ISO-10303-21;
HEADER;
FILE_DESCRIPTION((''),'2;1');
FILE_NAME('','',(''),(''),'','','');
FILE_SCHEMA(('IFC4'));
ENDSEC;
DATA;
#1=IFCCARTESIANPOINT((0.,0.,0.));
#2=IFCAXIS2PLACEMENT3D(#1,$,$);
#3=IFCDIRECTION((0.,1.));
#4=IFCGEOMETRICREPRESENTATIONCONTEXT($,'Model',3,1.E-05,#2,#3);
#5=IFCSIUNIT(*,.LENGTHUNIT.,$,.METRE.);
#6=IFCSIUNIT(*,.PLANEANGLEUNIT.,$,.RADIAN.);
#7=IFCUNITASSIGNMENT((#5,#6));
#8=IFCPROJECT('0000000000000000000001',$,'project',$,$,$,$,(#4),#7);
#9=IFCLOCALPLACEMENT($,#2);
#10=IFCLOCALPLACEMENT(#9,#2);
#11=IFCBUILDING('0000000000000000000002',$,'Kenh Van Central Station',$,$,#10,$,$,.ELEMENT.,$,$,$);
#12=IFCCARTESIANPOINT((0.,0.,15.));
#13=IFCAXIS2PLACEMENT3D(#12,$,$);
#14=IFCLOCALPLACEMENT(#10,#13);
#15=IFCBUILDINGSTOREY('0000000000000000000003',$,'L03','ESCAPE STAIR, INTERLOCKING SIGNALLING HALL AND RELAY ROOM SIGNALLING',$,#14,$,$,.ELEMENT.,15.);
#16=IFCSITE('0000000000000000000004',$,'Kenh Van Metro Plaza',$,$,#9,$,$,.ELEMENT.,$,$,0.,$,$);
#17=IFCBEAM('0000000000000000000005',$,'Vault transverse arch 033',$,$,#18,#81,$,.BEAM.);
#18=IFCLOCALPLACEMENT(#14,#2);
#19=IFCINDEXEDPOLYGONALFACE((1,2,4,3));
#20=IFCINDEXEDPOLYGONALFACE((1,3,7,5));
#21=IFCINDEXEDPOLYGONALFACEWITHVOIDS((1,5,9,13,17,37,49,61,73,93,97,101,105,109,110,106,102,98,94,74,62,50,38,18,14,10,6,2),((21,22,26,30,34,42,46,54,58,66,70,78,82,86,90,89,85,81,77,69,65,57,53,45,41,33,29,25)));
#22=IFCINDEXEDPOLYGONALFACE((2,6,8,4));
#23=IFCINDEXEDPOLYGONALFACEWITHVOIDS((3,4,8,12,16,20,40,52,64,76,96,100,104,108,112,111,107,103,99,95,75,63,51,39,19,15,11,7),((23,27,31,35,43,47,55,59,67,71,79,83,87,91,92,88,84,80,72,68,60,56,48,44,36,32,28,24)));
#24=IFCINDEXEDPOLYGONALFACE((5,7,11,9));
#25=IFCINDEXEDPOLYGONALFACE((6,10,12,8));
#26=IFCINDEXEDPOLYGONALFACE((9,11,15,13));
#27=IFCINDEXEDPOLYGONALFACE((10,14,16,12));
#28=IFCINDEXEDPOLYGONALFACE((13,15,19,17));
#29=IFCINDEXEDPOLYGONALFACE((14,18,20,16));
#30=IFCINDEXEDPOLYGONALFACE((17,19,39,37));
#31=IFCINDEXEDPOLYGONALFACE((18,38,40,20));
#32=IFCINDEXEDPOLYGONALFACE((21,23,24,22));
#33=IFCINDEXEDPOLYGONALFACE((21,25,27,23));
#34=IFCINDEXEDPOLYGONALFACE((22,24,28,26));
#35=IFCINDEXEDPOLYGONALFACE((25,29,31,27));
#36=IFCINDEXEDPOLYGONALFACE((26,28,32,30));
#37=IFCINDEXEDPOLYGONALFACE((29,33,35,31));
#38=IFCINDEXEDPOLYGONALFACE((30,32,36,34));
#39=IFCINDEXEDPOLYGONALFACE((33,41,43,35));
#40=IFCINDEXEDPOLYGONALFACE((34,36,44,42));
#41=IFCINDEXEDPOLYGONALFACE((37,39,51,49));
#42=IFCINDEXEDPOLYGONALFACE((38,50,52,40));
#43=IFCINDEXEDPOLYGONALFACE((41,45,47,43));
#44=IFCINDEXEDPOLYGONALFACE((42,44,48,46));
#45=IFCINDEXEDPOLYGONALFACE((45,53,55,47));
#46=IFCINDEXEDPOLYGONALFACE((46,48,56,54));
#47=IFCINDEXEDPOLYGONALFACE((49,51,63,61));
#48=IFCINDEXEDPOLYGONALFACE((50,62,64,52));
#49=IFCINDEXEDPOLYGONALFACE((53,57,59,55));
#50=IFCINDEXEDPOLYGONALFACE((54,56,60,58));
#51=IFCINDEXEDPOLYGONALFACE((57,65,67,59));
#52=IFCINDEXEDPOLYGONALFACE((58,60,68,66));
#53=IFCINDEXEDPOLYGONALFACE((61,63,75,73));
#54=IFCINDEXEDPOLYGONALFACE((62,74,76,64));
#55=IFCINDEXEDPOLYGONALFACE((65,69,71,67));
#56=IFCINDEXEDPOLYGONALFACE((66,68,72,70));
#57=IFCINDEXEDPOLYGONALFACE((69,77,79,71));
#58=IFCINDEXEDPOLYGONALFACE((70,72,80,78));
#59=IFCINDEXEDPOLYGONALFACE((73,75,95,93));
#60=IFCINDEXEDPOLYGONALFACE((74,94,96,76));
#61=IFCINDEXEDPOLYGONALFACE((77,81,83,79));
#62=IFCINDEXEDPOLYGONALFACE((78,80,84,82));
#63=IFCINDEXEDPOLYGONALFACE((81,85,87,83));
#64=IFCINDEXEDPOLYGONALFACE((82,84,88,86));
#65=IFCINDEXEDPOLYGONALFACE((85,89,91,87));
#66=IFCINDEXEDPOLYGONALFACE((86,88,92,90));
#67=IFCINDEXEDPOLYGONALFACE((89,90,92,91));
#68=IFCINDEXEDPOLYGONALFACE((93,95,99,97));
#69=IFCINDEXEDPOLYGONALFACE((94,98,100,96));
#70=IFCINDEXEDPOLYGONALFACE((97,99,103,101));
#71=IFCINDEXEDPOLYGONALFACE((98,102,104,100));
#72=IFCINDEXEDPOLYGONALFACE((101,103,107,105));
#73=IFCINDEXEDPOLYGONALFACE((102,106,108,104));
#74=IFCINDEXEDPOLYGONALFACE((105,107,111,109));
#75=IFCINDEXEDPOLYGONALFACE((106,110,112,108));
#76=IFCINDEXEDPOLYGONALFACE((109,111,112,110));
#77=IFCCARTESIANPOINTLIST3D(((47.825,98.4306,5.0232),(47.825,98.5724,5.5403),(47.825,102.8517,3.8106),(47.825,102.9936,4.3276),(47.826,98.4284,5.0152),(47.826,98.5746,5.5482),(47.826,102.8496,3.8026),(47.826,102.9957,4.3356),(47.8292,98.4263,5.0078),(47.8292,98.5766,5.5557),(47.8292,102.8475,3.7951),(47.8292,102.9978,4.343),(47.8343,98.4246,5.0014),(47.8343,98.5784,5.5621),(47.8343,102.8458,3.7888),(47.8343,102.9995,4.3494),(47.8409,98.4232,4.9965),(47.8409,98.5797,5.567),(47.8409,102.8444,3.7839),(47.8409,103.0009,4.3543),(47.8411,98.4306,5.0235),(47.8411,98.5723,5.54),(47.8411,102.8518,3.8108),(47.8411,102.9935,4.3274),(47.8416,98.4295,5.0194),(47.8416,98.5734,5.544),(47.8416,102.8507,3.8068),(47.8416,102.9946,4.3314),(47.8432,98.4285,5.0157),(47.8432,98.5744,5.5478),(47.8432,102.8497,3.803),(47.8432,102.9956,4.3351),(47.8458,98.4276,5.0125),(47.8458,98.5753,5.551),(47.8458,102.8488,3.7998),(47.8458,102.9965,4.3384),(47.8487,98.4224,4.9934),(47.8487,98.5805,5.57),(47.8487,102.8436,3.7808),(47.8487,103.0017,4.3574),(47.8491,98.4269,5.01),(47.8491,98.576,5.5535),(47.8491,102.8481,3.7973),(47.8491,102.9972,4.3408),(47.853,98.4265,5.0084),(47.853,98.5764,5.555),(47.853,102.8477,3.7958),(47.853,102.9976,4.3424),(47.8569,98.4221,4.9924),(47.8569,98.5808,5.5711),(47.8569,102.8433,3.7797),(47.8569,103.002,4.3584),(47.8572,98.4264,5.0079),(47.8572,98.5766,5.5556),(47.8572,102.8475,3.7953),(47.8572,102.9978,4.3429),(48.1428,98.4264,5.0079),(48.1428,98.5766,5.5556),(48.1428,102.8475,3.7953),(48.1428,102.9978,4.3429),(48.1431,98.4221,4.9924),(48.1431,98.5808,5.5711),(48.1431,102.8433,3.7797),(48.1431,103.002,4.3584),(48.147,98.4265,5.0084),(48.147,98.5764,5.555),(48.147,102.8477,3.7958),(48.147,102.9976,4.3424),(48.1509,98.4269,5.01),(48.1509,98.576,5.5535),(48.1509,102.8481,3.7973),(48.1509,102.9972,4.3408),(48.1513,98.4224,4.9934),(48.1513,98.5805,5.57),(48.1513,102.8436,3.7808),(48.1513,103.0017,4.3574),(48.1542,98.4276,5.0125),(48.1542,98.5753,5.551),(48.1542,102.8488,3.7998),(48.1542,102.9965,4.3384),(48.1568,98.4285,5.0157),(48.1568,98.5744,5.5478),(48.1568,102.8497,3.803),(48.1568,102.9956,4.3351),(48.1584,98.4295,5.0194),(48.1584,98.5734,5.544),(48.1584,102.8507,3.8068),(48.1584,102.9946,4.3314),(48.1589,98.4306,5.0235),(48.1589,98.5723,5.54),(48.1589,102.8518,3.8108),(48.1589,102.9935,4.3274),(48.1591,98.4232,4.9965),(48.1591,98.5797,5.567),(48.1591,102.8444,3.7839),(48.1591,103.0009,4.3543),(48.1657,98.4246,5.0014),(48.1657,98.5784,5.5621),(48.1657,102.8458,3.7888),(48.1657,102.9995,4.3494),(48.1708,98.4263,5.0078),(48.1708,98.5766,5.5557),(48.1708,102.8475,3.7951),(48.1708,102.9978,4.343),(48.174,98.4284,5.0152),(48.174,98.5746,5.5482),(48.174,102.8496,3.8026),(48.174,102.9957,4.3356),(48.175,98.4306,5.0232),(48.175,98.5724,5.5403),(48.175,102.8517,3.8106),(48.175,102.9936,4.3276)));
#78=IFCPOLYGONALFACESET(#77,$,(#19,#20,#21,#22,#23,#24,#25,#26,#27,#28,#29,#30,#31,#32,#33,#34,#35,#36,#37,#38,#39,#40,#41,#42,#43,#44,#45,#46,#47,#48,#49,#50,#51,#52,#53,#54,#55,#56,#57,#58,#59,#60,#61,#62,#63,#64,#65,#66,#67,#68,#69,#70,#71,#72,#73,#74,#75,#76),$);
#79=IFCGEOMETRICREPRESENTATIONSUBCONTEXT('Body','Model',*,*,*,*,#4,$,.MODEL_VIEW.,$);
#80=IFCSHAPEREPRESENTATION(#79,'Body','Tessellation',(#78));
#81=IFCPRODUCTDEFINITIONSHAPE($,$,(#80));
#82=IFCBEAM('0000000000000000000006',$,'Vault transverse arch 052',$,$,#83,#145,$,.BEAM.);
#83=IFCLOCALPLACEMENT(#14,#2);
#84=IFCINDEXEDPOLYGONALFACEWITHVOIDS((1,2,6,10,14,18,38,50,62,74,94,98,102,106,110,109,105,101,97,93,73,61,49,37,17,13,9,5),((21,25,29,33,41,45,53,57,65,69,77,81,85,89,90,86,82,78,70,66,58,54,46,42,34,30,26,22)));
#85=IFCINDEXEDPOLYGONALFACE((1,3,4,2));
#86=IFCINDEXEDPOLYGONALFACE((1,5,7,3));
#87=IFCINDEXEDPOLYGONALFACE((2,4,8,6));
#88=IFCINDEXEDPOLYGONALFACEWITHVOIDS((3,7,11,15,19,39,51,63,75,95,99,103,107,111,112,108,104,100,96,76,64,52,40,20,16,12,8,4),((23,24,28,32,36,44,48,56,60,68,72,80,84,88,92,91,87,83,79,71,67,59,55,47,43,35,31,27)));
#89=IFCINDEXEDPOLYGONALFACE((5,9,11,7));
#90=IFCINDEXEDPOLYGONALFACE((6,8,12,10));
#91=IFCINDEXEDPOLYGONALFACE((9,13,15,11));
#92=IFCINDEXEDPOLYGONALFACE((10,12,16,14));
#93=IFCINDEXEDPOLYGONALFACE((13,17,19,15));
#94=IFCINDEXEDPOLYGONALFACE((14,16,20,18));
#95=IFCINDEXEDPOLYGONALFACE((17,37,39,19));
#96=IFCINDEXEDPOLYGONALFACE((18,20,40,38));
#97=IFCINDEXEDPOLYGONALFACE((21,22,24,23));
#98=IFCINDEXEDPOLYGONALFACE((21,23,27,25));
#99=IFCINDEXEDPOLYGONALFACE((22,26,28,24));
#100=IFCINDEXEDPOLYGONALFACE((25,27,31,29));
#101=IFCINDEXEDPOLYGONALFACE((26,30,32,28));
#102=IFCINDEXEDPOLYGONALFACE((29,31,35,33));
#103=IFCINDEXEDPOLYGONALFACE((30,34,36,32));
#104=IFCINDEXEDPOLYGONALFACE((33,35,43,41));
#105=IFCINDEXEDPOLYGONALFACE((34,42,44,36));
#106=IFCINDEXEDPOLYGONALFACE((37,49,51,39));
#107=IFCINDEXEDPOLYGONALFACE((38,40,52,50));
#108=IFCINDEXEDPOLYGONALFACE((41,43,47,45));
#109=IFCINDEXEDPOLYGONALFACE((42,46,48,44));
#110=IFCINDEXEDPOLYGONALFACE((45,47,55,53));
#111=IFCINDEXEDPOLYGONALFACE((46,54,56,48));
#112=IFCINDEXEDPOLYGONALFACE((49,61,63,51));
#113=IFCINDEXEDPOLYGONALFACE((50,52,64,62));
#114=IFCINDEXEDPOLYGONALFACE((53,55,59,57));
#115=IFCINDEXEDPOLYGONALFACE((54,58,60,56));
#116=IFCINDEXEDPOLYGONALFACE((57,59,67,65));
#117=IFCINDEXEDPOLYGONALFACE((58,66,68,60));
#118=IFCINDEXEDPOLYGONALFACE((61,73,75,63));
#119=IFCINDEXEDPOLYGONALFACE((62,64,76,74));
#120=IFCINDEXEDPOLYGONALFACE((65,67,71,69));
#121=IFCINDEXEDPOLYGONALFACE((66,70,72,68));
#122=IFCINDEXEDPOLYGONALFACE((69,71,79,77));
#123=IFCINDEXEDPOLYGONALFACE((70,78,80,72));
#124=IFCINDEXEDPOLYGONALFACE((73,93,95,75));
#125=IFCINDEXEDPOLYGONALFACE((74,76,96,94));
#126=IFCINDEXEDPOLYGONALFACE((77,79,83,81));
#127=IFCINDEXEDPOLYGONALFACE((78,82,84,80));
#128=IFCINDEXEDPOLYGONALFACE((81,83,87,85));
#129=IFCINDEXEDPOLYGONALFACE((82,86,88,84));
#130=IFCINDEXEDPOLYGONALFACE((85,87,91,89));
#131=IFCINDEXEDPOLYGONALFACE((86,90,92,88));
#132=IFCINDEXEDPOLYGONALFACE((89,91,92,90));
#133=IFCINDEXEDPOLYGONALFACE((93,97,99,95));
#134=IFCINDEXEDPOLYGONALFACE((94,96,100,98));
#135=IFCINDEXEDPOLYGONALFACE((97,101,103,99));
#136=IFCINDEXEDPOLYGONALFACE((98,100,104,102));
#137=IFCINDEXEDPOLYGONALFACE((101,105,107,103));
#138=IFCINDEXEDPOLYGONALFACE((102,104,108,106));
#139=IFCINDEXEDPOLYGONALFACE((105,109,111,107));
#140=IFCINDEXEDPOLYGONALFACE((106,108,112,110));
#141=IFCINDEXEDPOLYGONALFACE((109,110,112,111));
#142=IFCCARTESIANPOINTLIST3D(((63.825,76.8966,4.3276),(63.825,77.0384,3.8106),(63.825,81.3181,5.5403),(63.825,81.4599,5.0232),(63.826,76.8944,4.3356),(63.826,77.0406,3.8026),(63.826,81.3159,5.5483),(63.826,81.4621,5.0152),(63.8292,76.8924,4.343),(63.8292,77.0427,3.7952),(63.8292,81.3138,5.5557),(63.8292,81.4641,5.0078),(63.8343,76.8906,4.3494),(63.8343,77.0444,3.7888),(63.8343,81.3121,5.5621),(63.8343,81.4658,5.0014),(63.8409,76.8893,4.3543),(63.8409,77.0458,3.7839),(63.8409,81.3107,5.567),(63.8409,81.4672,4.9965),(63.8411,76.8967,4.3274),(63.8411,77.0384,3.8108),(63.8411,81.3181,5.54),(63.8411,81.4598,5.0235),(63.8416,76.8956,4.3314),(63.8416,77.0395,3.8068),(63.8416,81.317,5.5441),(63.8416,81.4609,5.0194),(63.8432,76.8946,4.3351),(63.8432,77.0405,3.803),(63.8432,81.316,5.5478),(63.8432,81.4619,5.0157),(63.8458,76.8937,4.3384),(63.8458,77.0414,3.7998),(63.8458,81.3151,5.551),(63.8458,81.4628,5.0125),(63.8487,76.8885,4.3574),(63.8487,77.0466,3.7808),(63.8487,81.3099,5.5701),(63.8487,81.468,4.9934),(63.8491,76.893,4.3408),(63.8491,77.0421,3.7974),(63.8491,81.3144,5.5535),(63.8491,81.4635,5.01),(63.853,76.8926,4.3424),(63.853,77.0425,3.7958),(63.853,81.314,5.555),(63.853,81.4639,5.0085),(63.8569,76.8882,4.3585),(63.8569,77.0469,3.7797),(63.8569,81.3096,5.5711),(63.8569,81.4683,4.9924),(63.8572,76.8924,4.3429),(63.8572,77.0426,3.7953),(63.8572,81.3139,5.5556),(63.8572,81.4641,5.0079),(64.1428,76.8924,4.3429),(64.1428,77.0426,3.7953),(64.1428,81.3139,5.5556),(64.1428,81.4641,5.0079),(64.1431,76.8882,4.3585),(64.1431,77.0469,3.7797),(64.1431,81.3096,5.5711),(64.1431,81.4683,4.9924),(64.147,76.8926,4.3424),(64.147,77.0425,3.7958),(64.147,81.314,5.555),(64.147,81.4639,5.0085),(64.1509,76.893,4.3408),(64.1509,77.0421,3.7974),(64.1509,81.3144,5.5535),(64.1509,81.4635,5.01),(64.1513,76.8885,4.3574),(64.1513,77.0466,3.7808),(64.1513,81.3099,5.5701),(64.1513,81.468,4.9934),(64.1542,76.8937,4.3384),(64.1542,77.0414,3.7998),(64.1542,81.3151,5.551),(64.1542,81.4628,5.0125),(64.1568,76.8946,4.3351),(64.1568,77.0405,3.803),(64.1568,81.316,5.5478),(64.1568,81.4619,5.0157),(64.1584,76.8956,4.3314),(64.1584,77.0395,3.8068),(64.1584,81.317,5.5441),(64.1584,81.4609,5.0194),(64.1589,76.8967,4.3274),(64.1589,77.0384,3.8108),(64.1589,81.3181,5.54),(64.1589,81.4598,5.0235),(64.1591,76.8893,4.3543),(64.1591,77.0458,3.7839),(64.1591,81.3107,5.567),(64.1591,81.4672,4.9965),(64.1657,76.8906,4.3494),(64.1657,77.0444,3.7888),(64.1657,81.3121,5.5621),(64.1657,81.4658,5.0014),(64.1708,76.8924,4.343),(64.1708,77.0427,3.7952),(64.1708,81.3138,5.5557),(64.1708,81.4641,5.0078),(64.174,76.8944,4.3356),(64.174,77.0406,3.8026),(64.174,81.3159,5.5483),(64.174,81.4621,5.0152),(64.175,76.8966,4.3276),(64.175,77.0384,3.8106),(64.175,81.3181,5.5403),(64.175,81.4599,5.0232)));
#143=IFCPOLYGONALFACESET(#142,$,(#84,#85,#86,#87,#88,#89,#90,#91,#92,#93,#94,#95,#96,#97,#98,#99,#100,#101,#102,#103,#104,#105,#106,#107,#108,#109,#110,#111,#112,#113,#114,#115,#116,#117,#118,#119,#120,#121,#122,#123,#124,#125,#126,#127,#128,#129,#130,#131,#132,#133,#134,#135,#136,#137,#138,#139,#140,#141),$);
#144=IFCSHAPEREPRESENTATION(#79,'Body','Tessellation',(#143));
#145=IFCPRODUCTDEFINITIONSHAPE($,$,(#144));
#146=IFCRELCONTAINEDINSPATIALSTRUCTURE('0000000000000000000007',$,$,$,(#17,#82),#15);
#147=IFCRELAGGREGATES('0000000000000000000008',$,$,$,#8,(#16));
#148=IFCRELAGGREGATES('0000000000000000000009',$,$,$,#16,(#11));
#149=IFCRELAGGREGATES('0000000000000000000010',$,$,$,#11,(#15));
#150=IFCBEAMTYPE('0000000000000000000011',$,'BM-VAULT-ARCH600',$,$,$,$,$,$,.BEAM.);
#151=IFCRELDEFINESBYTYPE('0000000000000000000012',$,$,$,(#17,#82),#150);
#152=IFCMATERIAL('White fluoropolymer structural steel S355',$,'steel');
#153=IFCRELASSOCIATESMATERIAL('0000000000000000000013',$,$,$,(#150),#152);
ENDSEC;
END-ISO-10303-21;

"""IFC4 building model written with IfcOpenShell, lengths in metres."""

from ifc_helpers import new_model, si_unit, direction, frame, origin, origin_2d, place, context, subcontext, project, spatial, hollow_rectangle, extrude, material, material_profile, profile_set, type_object, element, save


model = new_model("IFC4")

# Units and contexts
model_context = context("Model", 3, precision=1e-05, world=origin(), true_north=direction((0.0, 1.0)))
body_context = subcontext(model_context, "Body", "Model", "MODEL_VIEW")
ifc_project = project(units=[si_unit("LENGTHUNIT", "METRE"), si_unit("PLANEANGLEUNIT", "RADIAN")], contexts=[model_context])

# Site, building, storey
site_placement = place(None, origin())
site = spatial("IfcSite", under=ifc_project, at=site_placement, Name="Kenh Van Metro Plaza", CompositionType="ELEMENT", RefElevation=0.0)
building_placement = place(site_placement, origin())
building = spatial("IfcBuilding", under=site, at=building_placement, Name="Kenh Van Central Station", CompositionType="ELEMENT")
storey_placement = place(building_placement, frame((0.0, 0.0, 15.0)))
storey = spatial("IfcBuildingStorey", under=building, at=storey_placement, Name="L03", Description="ESCAPE STAIR, INTERLOCKING SIGNALLING HALL AND RELAY ROOM SIGNALLING", CompositionType="ELEMENT", Elevation=15.0)

# Beams
ifc_material_1 = material(Name="White fluoropolymer structural steel S355", Category="steel")
ifc_material_profile_1 = material_profile(ifc_material_1, hollow_rectangle(XDim=0.3501, YDim=0.6001, WallThickness=0.0161, InnerFilletRadius=0.0161, OuterFilletRadius=0.032, at=origin_2d()), Name="RHS 600x350x16")
ifc_profile_set_1 = profile_set([ifc_material_profile_1], Name="White fluoropolymer structural steel S355")
beam_type_1 = type_object("IfcBeamType", Name="BM-VAULT-ARCH600", PredefinedType="BEAM", material=ifc_profile_set_1)
beam_1_placement = place(storey_placement, frame((48.0, 98.5015, 5.2817), z_axis=(0.0, 0.964382, -0.264514), x_axis=(-1.0, 0.0, 0.0)))
element("IfcBeam", 1, at=beam_1_placement, inside=storey, type_object=beam_type_1, Name="Vault transverse arch 033", PredefinedType="BEAM", context=body_context, shape_type="SweptSolid", body=[
    extrude(hollow_rectangle(XDim=0.3501, YDim=0.6001, WallThickness=0.0161, InnerFilletRadius=0.0161, OuterFilletRadius=0.032, at=origin_2d()), origin(), (0.0, 0.0, 1.0), 4.5845),
])
beam_2_placement = place(storey_placement, frame((64.0, 76.9675, 4.0691), z_axis=(0.0, 0.964386, 0.2645), x_axis=(-1.0, 0.0, 0.0)))
element("IfcBeam", 2, at=beam_2_placement, inside=storey, type_object=beam_type_1, Name="Vault transverse arch 052", PredefinedType="BEAM", context=body_context, shape_type="SweptSolid", body=[
    extrude(hollow_rectangle(XDim=0.3501, YDim=0.6001, WallThickness=0.0161, InnerFilletRadius=0.0161, OuterFilletRadius=0.032, at=origin_2d()), origin(), (0.0, 0.0, 1.0), 4.5847),
])

save(model, "model.ifc")
